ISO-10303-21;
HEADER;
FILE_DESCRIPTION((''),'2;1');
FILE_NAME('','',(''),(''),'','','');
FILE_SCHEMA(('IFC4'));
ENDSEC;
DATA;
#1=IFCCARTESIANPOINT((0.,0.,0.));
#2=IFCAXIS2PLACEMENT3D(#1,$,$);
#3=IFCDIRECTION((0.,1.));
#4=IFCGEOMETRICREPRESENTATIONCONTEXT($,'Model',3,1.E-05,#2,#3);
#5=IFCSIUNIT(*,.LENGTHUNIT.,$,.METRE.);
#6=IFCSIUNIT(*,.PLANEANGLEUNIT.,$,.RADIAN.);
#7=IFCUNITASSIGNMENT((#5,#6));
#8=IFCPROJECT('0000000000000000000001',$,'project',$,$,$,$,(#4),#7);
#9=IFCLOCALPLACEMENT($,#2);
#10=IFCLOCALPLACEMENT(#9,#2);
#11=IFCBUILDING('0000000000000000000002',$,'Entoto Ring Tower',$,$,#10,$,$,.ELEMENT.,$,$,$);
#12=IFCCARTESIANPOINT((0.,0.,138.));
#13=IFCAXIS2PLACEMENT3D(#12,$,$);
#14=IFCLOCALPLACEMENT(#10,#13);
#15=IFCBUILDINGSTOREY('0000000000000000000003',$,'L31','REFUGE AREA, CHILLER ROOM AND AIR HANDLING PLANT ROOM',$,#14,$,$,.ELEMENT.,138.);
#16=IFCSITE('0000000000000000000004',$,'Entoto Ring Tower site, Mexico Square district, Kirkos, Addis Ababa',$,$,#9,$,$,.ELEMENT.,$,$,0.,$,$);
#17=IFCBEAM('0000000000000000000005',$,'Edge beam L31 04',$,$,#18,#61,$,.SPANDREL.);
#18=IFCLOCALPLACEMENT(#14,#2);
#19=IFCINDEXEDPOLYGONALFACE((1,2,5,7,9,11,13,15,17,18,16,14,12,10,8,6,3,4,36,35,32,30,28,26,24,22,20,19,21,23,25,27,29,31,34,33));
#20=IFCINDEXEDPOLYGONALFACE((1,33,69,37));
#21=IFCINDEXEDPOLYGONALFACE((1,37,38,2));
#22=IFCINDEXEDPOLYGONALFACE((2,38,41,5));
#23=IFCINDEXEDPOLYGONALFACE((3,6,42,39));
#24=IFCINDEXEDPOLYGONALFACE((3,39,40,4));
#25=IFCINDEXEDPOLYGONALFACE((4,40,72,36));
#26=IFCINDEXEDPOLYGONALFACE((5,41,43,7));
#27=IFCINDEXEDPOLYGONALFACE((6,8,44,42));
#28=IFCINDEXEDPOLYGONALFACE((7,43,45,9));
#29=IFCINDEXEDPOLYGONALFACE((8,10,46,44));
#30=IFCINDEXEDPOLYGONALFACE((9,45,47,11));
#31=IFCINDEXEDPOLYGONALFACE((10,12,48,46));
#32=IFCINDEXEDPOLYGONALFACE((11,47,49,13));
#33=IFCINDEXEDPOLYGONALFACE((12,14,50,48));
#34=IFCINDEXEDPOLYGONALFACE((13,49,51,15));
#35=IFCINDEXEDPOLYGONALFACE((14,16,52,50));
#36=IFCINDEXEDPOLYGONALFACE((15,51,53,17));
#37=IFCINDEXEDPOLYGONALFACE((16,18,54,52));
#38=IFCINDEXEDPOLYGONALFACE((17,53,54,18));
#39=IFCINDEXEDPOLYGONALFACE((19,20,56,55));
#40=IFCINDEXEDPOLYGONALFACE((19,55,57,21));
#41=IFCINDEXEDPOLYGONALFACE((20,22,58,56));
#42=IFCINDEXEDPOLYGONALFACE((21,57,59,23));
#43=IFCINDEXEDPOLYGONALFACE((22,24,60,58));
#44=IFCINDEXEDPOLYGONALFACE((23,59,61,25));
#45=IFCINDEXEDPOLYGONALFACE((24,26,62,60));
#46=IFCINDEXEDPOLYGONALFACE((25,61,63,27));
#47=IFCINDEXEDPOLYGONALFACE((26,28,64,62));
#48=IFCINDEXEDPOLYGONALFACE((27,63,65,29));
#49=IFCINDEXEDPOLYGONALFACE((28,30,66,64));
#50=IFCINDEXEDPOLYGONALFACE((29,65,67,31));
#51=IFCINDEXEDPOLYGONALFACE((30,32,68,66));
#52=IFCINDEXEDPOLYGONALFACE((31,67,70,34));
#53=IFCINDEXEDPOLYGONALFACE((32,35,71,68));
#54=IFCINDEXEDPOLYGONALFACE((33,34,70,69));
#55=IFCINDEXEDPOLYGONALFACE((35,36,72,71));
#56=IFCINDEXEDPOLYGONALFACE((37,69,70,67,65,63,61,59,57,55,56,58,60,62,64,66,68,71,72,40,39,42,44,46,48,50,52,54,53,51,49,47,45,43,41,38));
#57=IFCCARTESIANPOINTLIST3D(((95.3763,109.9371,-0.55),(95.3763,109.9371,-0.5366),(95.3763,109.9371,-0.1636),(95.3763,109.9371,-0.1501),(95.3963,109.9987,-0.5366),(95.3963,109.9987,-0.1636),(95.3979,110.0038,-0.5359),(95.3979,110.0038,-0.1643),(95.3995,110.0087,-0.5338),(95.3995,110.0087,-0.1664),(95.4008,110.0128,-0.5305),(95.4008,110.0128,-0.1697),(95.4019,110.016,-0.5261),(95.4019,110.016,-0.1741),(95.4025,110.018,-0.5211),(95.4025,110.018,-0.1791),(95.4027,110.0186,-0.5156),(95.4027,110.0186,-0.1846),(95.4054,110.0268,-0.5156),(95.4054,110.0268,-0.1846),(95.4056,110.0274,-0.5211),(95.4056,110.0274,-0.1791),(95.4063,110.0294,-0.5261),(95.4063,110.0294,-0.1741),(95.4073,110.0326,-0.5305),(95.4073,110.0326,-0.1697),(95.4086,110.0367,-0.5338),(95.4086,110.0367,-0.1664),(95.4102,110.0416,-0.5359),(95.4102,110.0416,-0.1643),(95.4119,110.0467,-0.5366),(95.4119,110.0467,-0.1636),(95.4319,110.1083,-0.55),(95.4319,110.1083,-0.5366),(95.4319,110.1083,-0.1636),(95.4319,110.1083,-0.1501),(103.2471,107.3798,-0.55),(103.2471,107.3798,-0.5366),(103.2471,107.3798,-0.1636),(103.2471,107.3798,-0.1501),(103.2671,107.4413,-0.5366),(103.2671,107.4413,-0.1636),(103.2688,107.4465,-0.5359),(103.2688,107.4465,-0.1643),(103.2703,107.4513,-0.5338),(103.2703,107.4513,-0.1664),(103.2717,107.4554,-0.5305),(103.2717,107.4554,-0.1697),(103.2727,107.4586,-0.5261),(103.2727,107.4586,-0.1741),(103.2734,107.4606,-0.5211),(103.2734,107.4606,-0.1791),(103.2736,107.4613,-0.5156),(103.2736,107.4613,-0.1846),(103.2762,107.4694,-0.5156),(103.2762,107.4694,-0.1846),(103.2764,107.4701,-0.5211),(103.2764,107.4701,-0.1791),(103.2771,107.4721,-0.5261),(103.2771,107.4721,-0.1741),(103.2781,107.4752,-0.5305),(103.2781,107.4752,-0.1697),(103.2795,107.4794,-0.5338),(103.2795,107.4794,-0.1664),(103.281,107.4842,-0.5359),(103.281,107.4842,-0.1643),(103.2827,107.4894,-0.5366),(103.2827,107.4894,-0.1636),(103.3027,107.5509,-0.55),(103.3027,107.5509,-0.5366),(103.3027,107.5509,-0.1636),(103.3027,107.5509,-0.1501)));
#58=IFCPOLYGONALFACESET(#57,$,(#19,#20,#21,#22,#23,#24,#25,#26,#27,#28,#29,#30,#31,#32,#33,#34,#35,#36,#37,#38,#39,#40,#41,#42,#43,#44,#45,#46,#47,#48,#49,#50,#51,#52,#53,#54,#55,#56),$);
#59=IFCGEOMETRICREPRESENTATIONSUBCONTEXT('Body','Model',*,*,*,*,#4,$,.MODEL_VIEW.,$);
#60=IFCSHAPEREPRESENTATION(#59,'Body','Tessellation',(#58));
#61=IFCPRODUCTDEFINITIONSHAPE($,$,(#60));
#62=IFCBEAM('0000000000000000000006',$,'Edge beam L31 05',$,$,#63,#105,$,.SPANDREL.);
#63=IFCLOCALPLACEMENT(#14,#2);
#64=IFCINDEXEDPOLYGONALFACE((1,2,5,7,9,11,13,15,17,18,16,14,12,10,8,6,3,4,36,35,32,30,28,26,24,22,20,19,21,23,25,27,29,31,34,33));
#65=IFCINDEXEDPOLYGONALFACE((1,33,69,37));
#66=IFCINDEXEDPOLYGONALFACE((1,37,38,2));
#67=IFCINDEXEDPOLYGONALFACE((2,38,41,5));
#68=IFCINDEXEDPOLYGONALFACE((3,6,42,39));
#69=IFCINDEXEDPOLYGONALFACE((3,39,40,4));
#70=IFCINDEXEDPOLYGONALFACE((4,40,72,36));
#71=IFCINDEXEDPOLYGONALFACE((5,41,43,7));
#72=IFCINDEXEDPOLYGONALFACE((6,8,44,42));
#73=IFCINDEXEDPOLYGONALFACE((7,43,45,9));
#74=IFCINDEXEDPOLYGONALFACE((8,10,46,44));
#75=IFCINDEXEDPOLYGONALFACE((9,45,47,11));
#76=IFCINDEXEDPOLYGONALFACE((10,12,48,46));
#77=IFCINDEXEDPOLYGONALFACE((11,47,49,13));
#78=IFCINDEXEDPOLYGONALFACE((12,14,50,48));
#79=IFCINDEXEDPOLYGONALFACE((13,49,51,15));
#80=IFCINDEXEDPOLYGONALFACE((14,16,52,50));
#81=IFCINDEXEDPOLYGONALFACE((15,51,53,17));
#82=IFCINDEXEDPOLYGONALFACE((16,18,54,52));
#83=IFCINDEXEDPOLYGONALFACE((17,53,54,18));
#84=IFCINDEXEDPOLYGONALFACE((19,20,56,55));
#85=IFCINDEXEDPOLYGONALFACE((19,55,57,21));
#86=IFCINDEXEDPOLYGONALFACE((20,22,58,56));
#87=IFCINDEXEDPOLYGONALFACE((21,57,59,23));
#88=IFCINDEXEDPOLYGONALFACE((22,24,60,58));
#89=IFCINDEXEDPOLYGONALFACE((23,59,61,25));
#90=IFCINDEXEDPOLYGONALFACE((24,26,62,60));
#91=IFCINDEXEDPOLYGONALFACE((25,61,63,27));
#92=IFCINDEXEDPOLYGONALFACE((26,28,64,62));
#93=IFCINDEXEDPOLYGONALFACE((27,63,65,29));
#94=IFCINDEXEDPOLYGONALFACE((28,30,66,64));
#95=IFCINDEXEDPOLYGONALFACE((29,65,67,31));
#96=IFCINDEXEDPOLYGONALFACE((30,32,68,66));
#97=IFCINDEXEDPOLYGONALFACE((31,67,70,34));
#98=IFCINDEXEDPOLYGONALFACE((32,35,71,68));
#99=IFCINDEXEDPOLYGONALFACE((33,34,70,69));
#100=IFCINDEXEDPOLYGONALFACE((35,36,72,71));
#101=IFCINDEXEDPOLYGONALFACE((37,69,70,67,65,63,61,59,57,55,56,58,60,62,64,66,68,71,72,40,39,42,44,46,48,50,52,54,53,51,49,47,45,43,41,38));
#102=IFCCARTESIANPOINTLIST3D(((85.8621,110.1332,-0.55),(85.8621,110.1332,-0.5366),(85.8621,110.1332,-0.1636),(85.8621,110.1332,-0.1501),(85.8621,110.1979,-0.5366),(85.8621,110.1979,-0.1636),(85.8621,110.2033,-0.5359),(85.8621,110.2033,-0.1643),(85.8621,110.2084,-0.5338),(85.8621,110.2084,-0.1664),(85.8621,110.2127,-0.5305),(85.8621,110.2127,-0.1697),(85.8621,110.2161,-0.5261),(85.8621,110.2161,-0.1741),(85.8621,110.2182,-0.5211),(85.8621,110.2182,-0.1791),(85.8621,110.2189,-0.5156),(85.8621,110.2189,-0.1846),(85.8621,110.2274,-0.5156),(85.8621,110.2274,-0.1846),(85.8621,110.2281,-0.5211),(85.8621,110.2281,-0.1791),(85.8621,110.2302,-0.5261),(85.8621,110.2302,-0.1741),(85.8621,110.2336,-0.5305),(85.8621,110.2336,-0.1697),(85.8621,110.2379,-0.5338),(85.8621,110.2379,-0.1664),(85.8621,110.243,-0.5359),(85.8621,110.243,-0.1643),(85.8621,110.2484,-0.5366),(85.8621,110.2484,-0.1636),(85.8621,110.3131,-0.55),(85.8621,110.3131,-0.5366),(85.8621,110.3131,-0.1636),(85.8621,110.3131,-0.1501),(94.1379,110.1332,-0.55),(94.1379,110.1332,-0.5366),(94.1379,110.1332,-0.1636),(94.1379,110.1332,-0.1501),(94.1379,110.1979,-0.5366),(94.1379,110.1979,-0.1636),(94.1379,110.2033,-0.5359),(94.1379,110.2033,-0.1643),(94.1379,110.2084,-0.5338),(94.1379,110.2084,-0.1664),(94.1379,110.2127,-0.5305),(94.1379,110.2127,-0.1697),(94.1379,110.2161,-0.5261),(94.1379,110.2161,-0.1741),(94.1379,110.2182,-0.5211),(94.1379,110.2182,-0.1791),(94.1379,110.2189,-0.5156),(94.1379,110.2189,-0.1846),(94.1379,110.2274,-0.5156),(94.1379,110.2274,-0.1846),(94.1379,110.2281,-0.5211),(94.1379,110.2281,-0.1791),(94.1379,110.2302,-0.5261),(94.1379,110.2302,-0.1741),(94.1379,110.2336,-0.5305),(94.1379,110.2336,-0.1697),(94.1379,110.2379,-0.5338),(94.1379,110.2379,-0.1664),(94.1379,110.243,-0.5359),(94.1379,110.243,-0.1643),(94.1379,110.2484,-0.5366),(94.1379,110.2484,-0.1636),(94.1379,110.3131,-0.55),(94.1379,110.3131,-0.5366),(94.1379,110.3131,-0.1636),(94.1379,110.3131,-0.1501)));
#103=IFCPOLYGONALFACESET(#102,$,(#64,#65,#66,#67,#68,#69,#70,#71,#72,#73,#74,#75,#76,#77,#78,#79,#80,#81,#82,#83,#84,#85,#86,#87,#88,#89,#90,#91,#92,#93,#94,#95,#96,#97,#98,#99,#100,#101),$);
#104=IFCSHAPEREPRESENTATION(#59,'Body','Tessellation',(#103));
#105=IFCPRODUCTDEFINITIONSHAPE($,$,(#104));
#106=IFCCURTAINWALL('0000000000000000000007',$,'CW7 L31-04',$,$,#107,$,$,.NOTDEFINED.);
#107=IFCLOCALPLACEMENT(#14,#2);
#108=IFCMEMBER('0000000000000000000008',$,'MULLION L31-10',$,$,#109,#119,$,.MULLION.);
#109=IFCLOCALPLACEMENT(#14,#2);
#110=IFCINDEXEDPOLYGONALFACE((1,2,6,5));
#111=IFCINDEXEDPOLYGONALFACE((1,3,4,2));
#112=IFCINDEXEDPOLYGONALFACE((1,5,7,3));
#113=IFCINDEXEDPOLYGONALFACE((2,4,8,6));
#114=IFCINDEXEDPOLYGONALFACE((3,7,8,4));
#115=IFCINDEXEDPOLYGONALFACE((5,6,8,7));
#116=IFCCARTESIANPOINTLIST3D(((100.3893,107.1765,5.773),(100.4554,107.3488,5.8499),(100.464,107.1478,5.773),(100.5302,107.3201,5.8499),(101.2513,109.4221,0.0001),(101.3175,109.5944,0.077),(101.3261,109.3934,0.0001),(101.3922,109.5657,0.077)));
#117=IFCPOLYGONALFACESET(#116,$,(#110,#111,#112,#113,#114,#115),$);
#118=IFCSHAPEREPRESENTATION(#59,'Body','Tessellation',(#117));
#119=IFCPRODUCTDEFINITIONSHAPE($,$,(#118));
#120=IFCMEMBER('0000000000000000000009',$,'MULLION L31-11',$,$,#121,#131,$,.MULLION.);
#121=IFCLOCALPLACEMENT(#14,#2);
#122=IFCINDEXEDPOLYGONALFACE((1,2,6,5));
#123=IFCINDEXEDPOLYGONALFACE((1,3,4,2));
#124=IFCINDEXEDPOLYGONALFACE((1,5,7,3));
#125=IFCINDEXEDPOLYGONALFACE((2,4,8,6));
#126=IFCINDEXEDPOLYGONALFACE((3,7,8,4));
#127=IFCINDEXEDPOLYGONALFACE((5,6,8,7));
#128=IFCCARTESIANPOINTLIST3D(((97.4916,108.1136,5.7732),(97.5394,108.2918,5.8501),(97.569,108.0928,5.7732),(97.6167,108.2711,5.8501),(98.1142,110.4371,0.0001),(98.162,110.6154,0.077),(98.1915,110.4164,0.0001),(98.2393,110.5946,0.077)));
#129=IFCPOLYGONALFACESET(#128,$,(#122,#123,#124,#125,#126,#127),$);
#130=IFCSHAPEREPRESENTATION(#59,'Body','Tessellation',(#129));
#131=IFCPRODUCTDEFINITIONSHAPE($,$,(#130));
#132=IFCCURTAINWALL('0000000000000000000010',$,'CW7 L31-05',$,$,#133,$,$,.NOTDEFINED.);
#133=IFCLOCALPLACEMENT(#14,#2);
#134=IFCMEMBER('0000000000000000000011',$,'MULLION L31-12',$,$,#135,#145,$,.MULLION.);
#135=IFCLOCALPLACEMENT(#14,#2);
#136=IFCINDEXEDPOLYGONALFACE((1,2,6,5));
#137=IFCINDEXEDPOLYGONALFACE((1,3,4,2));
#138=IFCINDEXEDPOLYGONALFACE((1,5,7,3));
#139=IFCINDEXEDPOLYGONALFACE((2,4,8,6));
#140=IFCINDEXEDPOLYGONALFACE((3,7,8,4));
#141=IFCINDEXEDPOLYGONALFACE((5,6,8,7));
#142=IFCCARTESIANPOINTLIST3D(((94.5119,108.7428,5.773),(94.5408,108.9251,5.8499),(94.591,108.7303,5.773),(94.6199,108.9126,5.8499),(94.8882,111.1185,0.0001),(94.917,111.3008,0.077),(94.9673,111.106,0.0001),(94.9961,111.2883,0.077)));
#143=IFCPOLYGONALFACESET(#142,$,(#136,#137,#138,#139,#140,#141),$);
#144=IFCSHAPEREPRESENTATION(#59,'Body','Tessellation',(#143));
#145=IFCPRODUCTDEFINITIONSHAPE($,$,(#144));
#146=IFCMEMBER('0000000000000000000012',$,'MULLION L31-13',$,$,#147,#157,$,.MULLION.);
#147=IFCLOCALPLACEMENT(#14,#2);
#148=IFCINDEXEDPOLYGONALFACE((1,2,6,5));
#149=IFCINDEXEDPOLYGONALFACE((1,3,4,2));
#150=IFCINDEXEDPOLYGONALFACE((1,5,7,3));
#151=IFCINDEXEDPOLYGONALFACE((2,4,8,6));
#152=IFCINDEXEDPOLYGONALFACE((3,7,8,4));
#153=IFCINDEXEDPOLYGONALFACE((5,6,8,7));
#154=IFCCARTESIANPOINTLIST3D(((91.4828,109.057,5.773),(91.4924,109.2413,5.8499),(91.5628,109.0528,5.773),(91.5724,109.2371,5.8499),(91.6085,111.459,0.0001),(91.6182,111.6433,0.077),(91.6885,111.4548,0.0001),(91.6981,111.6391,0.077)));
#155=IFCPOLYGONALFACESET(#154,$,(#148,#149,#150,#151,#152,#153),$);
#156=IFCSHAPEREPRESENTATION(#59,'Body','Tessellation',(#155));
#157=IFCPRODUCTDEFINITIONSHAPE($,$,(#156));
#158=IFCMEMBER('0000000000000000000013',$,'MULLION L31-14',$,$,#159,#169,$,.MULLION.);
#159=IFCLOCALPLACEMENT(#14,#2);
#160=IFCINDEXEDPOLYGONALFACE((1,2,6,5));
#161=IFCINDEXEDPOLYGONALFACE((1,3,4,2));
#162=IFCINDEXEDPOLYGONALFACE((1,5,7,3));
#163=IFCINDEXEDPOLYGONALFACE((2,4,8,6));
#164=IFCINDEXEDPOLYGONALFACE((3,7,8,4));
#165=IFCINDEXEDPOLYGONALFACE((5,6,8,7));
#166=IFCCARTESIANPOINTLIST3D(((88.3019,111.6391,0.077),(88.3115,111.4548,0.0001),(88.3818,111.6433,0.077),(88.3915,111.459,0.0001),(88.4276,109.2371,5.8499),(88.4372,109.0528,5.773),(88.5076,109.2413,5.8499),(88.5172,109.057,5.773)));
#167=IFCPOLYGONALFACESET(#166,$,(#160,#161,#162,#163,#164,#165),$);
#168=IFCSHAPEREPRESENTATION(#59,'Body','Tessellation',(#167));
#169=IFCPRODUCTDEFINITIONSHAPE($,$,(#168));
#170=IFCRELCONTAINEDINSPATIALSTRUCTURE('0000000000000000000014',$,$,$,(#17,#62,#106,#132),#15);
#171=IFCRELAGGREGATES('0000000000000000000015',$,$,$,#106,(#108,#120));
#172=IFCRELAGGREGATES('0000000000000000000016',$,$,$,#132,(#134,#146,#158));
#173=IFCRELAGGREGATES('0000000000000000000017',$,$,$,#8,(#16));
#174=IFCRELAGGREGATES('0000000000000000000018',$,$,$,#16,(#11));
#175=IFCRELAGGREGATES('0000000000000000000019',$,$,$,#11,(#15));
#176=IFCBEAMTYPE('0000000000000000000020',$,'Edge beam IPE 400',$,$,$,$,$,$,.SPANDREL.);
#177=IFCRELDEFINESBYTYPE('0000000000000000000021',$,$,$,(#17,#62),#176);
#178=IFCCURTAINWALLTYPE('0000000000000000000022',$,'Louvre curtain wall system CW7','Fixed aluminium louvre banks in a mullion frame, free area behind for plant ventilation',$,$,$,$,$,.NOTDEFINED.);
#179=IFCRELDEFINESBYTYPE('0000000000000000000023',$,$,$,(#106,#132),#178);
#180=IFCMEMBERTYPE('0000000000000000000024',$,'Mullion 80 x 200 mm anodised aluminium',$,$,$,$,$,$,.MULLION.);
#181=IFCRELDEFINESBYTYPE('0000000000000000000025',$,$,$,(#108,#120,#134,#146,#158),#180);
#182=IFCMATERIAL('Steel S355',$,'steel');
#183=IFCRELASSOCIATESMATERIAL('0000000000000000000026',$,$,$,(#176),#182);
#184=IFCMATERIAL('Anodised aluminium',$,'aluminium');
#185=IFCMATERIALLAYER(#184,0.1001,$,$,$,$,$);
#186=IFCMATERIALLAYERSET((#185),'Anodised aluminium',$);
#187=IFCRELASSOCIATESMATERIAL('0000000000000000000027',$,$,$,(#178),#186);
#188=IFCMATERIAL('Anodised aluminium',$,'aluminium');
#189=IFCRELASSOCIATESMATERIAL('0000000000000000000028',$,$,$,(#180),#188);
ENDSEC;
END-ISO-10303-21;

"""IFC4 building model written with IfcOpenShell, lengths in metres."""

from ifc_helpers import new_model, si_unit, direction, frame, origin, origin_2d, place, context, subcontext, project, spatial, rectangle, i_section, extrude, material, layer, layer_set, material_profile, profile_set, type_object, element, aggregate, save


model = new_model("IFC4")

# Units and contexts
model_context = context("Model", 3, precision=1e-05, world=origin(), true_north=direction((0.0, 1.0)))
body_context = subcontext(model_context, "Body", "Model", "MODEL_VIEW")
ifc_project = project(units=[si_unit("LENGTHUNIT", "METRE"), si_unit("PLANEANGLEUNIT", "RADIAN")], contexts=[model_context])

# Site, building, storey
site_placement = place(None, origin())
site = spatial("IfcSite", under=ifc_project, at=site_placement, Name="Entoto Ring Tower site, Mexico Square district, Kirkos, Addis Ababa", CompositionType="ELEMENT", RefElevation=0.0)
building_placement = place(site_placement, origin())
building = spatial("IfcBuilding", under=site, at=building_placement, Name="Entoto Ring Tower", CompositionType="ELEMENT")
storey_placement = place(building_placement, frame((0.0, 0.0, 138.0)))
storey = spatial("IfcBuildingStorey", under=building, at=storey_placement, Name="L31", Description="REFUGE AREA, CHILLER ROOM AND AIR HANDLING PLANT ROOM", CompositionType="ELEMENT", Elevation=138.0)

# Beams
ifc_material_1 = material(Name="Steel S355", Category="steel")
ifc_material_profile_1 = material_profile(ifc_material_1, i_section(OverallWidth=0.1799, OverallDepth=0.3999, WebThickness=0.0085, FlangeThickness=0.0134, FilletRadius=0.021, at=origin_2d()), Name="IPE 400")
ifc_profile_set_1 = profile_set([ifc_material_profile_1], Name="Steel S355")
beam_type_1 = type_object("IfcBeamType", Name="Edge beam IPE 400", PredefinedType="SPANDREL", material=ifc_profile_set_1)
for number, where, z_axis, x_axis, name in (
    (1, (103.2749, 107.4653, -0.3501), (-0.951057, 0.309015, 0.0), (-0.309015, -0.951057, 0.0), "Edge beam L31 04"),
    (2, (94.1379, 110.2231, -0.3501), (-1.0, 0.0, 0.0), (0.0, -1.0, 0.0), "Edge beam L31 05"),
):
    element("IfcBeam", number, at=place(storey_placement, frame(where, z_axis=z_axis, x_axis=x_axis)), inside=storey, type_object=beam_type_1, Name=name, PredefinedType="SPANDREL", context=body_context, shape_type="SweptSolid", body=[
        extrude(i_section(OverallWidth=0.1799, OverallDepth=0.3999, WebThickness=0.0085, FlangeThickness=0.0134, FilletRadius=0.021, at=origin_2d()), origin(), (0.0, 0.0, 1.0), 8.2759),
    ])

# Curtain walls, members
ifc_material_2 = material(Name="Anodised aluminium", Category="aluminium")
ifc_layer_1 = layer(ifc_material_2, 0.1001)
ifc_layer_set_1 = layer_set([ifc_layer_1], Name="Anodised aluminium")
curtain_wall_type = type_object("IfcCurtainWallType", Name="Louvre curtain wall system CW7", Description="Fixed aluminium louvre banks in a mullion frame, free area behind for plant ventilation", PredefinedType="NOTDEFINED", material=ifc_layer_set_1)
curtain_wall_1_placement = place(storey_placement, origin())
curtain_wall_1 = element("IfcCurtainWall", 3, at=curtain_wall_1_placement, inside=storey, type_object=curtain_wall_type, Name="CW7 L31-04", PredefinedType="NOTDEFINED")
ifc_material_3 = material(Name="Anodised aluminium", Category="aluminium")
ifc_material_profile_2 = material_profile(ifc_material_3, rectangle(XDim=0.0801, YDim=0.2, at=origin_2d()), Name="Mullion 80 x 200 mm anodised aluminium")
ifc_profile_set_2 = profile_set([ifc_material_profile_2], Name="Anodised aluminium")
member_type_1 = type_object("IfcMemberType", Name="Mullion 80 x 200 mm anodised aluminium", PredefinedType="MULLION", material=ifc_profile_set_2)
member_1_placement = place(storey_placement, frame((101.3218, 109.4939, 0.0386), z_axis=(-0.137841, -0.359066, 0.923077), x_axis=(0.933573, -0.358387, 0.0)))
member_1 = element("IfcMember", 4, at=member_1_placement, type_object=member_type_1, Name="MULLION L31-10", PredefinedType="MULLION", context=body_context, shape_type="SweptSolid", body=[
    extrude(rectangle(XDim=0.0801, YDim=0.2, at=origin_2d()), origin(), (0.0, 0.0, 1.0), 6.2539),
])
member_2_placement = place(storey_placement, frame((98.1768, 110.5159, 0.0386), z_axis=(-0.099545, -0.371517, 0.923074), x_axis=(0.965928, -0.258812, 0.0)))
member_2 = element("IfcMember", 5, at=member_2_placement, type_object=member_type_1, Name="MULLION L31-11", PredefinedType="MULLION", context=body_context, shape_type="SweptSolid", body=[
    extrude(rectangle(XDim=0.0801, YDim=0.2, at=origin_2d()), origin(), (0.0, 0.0, 1.0), 6.2542),
])
aggregate(curtain_wall_1, [member_1, member_2])
curtain_wall_2_placement = place(storey_placement, origin())
curtain_wall_2 = element("IfcCurtainWall", 6, at=curtain_wall_2_placement, inside=storey, type_object=curtain_wall_type, Name="CW7 L31-05", PredefinedType="NOTDEFINED")
member_3_placement = place(storey_placement, frame((94.9421, 111.2034, 0.0386), z_axis=(-0.060157, -0.379874, 0.92308), x_axis=(0.987692, -0.156411, 0.0)))
member_3 = element("IfcMember", 7, at=member_3_placement, type_object=member_type_1, Name="MULLION L31-12", PredefinedType="MULLION", context=body_context, shape_type="SweptSolid", body=[
    extrude(rectangle(XDim=0.0801, YDim=0.2, at=origin_2d()), origin(), (0.0, 0.0, 1.0), 6.2539),
])
member_4_placement = place(storey_placement, frame((91.6533, 111.5491, 0.0386), z_axis=(-0.020104, -0.384089, 0.923077), x_axis=(0.998633, -0.052271, 0.0)))
member_4 = element("IfcMember", 8, at=member_4_placement, type_object=member_type_1, Name="MULLION L31-13", PredefinedType="MULLION", context=body_context, shape_type="SweptSolid", body=[
    extrude(rectangle(XDim=0.0801, YDim=0.2, at=origin_2d()), origin(), (0.0, 0.0, 1.0), 6.2539),
])
member_5_placement = place(storey_placement, frame((88.3467, 111.5491, 0.0386), z_axis=(0.020104, -0.384089, 0.923077), x_axis=(0.998633, 0.052271, 0.0)))
member_5 = element("IfcMember", 9, at=member_5_placement, type_object=member_type_1, Name="MULLION L31-14", PredefinedType="MULLION", context=body_context, shape_type="SweptSolid", body=[
    extrude(rectangle(XDim=0.0801, YDim=0.2, at=origin_2d()), origin(), (0.0, 0.0, 1.0), 6.2539),
])
aggregate(curtain_wall_2, [member_3, member_4, member_5])

save(model, "model.ifc")
